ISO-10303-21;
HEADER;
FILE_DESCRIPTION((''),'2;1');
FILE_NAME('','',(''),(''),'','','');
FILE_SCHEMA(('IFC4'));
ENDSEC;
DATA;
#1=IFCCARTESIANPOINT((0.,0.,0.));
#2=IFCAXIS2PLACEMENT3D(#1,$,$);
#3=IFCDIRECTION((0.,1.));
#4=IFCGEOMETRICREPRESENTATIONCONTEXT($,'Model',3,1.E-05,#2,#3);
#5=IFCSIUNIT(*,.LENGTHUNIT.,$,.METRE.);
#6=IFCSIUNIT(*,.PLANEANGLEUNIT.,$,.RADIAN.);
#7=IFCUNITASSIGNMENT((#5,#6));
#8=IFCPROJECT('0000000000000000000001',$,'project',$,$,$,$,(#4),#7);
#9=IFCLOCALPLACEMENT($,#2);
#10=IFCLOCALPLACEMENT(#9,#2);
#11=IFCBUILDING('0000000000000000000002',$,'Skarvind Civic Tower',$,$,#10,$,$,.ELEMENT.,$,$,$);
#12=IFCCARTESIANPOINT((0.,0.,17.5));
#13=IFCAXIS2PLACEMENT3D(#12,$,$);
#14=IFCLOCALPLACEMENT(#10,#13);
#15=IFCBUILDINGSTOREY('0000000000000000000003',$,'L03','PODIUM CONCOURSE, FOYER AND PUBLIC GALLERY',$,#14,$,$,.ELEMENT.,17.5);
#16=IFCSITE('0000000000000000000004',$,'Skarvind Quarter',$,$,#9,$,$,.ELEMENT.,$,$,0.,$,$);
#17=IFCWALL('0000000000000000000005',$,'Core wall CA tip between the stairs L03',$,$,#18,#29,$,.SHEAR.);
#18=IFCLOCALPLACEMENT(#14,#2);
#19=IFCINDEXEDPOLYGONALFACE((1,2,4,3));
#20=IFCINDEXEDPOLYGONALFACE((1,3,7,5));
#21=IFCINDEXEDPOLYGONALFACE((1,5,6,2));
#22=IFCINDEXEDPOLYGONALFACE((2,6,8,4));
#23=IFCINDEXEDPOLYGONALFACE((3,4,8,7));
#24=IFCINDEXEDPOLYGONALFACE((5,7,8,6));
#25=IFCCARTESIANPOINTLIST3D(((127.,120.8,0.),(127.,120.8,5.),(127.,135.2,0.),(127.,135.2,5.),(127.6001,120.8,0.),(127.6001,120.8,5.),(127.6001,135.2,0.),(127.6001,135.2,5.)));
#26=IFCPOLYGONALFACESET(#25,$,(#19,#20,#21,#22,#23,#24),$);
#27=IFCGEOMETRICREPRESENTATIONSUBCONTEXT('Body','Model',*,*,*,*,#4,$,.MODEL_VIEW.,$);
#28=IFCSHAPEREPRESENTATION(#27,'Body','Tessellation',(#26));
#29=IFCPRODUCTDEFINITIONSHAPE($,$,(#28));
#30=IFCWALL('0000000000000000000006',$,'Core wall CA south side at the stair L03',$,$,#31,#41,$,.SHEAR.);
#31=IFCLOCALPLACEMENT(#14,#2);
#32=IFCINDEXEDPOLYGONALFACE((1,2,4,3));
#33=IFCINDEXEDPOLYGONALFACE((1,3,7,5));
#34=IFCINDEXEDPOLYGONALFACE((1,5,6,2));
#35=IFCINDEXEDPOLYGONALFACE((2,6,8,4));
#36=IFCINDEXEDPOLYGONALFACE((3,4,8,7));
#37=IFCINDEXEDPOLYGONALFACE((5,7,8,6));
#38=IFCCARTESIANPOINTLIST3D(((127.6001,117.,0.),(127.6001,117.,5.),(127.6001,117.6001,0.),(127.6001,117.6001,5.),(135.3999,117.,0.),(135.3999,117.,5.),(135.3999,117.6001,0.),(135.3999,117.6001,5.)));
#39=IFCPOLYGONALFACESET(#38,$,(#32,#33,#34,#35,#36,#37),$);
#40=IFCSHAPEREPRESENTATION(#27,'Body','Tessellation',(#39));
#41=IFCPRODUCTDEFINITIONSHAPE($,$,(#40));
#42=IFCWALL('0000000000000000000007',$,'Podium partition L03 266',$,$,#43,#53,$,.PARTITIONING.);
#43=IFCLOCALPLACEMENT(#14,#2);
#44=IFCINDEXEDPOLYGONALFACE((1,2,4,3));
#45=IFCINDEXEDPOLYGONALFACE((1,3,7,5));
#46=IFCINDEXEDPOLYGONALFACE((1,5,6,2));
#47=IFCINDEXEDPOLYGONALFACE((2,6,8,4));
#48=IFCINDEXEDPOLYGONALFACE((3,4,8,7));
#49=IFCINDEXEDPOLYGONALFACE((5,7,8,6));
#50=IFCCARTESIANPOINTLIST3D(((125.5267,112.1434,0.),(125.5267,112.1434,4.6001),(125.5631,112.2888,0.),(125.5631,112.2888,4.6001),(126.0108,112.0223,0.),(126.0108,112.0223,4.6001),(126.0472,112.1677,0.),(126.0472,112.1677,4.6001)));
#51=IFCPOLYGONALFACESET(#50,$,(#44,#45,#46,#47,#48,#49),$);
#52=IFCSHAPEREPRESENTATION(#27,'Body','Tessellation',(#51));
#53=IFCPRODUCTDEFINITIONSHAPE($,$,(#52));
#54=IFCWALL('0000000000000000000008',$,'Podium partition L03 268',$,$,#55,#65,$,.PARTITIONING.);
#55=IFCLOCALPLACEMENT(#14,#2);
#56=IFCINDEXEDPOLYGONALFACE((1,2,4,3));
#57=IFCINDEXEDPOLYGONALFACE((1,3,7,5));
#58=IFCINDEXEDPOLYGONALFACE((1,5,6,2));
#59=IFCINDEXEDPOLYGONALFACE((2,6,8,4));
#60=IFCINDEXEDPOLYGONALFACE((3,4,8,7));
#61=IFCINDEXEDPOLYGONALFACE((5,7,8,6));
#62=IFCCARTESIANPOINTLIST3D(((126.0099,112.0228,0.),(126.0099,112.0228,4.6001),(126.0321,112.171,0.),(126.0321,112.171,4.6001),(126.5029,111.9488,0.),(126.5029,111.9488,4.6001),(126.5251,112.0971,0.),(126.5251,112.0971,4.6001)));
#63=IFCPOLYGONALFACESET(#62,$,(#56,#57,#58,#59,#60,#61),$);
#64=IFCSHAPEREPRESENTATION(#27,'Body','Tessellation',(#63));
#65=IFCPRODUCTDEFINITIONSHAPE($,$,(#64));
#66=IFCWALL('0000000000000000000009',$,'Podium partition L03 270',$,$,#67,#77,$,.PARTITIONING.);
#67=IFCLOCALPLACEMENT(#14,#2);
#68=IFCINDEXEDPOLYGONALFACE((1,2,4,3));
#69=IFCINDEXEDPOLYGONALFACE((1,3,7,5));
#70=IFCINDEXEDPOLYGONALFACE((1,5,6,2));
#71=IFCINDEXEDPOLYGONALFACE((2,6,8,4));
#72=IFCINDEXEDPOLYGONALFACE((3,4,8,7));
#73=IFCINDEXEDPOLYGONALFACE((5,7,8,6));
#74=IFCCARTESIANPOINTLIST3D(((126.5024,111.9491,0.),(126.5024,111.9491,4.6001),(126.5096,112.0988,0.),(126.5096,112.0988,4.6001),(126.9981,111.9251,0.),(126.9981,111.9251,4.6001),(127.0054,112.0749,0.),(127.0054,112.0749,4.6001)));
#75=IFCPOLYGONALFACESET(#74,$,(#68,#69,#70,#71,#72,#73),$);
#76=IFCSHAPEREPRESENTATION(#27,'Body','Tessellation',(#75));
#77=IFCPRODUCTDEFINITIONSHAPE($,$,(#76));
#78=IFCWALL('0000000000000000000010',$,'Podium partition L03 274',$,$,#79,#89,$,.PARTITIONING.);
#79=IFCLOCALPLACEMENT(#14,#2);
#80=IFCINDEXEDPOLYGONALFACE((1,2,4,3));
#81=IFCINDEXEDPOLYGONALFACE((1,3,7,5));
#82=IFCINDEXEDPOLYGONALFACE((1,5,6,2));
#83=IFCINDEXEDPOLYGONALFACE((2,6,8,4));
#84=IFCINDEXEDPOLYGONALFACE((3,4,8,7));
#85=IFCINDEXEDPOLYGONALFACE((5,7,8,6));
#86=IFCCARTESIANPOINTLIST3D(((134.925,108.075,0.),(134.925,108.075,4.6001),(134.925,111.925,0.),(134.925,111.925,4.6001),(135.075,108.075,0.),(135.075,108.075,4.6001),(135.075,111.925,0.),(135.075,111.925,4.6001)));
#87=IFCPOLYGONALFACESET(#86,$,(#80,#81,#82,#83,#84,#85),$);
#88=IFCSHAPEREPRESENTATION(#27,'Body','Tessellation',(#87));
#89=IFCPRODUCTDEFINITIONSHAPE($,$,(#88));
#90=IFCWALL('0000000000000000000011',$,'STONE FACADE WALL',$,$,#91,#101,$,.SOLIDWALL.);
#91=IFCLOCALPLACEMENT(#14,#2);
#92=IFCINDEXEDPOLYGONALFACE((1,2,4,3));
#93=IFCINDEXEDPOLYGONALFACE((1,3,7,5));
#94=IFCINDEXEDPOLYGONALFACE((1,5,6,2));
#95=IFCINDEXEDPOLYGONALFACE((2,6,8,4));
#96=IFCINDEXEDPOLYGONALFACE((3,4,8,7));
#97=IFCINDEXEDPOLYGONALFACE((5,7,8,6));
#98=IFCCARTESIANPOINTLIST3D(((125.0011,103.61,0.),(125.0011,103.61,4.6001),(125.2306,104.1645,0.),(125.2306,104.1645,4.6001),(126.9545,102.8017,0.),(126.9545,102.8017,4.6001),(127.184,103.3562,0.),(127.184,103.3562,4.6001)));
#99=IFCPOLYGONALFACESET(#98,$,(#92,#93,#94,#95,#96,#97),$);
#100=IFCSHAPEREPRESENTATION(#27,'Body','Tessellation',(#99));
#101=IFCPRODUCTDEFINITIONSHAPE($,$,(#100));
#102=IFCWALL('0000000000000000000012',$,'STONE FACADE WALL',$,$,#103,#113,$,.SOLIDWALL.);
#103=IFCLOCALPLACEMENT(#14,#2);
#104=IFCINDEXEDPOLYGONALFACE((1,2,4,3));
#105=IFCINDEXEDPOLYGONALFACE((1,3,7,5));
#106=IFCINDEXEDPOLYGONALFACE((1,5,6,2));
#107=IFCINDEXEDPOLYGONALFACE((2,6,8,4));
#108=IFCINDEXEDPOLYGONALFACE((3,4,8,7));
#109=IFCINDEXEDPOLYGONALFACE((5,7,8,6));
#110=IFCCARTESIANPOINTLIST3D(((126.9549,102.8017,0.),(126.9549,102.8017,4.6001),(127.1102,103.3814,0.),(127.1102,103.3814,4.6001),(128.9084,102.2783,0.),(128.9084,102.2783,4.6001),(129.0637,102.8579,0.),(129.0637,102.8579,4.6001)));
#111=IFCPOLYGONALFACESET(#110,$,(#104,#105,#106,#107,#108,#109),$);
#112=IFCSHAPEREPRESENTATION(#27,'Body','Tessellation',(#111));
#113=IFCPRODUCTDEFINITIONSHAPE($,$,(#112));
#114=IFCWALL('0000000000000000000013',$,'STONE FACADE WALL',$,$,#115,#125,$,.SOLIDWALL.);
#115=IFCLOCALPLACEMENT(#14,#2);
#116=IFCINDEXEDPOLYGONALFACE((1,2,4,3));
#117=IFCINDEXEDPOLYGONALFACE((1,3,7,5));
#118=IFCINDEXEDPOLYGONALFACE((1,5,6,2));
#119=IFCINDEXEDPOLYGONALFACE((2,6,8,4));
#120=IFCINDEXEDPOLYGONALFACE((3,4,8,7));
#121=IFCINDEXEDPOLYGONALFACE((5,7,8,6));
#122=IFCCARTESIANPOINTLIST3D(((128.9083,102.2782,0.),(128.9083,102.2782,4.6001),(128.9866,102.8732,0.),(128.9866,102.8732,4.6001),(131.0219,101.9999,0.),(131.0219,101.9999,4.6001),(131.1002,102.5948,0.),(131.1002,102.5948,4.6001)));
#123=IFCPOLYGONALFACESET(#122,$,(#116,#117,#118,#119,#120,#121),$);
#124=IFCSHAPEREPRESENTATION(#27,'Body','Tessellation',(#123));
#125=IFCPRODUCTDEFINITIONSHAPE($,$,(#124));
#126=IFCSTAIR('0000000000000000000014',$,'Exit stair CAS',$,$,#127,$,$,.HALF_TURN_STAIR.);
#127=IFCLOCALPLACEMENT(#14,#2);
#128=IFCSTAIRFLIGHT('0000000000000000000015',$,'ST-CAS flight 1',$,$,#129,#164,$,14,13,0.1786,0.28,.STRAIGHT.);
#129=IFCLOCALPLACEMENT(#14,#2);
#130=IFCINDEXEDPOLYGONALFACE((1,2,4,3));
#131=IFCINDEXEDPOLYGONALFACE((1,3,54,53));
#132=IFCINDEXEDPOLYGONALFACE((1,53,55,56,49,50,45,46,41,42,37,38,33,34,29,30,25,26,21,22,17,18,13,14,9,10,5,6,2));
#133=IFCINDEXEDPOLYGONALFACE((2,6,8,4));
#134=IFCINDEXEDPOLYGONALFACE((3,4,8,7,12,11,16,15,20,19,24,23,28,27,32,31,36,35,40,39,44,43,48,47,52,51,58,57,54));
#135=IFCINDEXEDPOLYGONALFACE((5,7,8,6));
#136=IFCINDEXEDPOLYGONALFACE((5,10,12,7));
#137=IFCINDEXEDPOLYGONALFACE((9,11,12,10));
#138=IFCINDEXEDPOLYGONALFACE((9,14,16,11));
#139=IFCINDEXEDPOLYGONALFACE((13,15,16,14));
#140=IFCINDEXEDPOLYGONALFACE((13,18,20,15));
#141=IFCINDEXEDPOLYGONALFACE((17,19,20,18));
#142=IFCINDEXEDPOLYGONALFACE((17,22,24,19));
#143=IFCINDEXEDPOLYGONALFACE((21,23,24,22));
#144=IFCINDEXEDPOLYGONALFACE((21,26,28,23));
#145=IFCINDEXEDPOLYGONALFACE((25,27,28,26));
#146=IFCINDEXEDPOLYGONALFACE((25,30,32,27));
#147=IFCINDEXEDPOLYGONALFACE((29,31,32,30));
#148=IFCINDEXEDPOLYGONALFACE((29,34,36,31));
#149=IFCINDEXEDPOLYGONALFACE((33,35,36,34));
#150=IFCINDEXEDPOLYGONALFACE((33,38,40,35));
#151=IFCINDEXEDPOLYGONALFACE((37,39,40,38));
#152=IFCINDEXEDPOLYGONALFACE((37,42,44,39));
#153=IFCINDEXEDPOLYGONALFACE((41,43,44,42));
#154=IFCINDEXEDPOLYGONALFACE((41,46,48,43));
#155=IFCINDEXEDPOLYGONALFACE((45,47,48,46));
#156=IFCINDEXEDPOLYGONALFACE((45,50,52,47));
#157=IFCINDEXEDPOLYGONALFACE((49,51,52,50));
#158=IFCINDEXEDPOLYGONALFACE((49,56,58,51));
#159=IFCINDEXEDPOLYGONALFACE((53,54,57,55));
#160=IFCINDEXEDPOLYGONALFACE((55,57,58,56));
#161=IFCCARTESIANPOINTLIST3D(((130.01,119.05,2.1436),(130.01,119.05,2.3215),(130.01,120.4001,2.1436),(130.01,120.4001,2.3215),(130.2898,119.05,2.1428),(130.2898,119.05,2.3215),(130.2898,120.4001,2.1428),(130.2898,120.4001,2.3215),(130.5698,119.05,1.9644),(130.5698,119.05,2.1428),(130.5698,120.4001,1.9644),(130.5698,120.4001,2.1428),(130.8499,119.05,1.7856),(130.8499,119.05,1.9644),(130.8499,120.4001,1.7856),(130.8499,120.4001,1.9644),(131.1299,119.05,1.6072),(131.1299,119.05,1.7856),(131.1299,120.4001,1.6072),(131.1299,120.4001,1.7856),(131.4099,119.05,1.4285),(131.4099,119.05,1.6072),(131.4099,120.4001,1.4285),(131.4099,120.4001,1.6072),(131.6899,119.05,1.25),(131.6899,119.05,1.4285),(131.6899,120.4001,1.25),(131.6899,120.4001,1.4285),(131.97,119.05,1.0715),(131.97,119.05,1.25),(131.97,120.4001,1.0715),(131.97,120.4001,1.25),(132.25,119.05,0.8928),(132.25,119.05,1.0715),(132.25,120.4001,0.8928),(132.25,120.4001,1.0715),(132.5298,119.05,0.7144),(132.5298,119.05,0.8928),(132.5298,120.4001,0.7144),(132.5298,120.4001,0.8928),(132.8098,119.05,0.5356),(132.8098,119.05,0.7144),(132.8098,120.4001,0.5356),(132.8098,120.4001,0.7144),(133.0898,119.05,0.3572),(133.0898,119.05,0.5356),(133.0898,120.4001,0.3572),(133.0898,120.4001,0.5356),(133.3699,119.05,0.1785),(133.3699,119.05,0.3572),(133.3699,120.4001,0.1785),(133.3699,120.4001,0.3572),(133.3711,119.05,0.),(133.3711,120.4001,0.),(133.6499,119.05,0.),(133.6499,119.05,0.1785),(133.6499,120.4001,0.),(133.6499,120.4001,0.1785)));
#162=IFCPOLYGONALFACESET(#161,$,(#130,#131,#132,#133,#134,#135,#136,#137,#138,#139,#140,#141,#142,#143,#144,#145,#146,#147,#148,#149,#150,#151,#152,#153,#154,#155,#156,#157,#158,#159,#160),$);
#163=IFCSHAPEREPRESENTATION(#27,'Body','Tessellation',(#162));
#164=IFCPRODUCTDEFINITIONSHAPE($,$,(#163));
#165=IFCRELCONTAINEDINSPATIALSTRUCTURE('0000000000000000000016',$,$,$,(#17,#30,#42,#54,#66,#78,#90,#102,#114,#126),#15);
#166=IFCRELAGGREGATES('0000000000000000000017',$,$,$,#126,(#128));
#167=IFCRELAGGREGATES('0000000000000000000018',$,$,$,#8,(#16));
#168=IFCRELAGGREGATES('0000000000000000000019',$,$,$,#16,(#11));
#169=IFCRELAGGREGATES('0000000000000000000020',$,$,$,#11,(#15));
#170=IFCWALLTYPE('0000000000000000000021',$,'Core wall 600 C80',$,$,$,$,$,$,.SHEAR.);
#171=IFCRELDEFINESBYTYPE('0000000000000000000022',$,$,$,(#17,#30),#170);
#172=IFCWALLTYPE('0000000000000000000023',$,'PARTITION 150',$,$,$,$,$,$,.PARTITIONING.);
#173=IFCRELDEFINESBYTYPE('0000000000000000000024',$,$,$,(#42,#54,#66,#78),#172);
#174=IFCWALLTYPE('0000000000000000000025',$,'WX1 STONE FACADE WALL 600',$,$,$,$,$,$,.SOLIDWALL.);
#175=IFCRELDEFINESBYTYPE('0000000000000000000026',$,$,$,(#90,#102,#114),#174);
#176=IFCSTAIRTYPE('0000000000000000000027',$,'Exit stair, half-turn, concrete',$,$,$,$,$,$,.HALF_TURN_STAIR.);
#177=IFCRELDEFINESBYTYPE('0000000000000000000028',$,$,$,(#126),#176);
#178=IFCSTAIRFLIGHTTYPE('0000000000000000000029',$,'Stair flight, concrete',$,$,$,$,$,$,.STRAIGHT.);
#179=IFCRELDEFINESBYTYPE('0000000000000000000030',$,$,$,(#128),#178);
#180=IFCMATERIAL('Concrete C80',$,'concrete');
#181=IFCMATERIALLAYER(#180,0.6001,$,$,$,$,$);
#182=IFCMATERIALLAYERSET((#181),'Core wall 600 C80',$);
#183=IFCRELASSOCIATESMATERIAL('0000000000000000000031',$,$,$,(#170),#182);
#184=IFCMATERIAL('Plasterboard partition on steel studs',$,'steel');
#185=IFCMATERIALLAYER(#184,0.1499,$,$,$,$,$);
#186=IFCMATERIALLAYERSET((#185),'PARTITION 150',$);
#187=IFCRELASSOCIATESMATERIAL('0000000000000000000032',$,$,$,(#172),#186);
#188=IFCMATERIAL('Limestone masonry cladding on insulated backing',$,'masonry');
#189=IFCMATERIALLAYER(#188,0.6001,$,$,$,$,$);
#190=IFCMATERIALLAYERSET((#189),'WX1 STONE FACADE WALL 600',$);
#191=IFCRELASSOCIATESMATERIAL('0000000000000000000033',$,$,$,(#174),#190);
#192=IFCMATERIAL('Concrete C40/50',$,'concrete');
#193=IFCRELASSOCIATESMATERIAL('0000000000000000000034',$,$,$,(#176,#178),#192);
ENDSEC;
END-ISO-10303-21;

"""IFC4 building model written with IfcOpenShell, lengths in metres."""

from ifc_helpers import new_model, si_unit, direction, frame, frame_2d, origin, place, context, subcontext, project, spatial, polyline, rectangle, outline, extrude, material, layer, layer_set, type_object, element, aggregate, save


model = new_model("IFC4")

# Units and contexts
model_context = context("Model", 3, precision=1e-05, world=origin(), true_north=direction((0.0, 1.0)))
body_context = subcontext(model_context, "Body", "Model", "MODEL_VIEW")
ifc_project = project(units=[si_unit("LENGTHUNIT", "METRE"), si_unit("PLANEANGLEUNIT", "RADIAN")], contexts=[model_context])

# Site, building, storey
site_placement = place(None, origin())
site = spatial("IfcSite", under=ifc_project, at=site_placement, Name="Skarvind Quarter", CompositionType="ELEMENT", RefElevation=0.0)
building_placement = place(site_placement, origin())
building = spatial("IfcBuilding", under=site, at=building_placement, Name="Skarvind Civic Tower", CompositionType="ELEMENT")
storey_placement = place(building_placement, frame((0.0, 0.0, 17.5)))
storey = spatial("IfcBuildingStorey", under=building, at=storey_placement, Name="L03", Description="PODIUM CONCOURSE, FOYER AND PUBLIC GALLERY", CompositionType="ELEMENT", Elevation=17.5)

# Shared definitions
ifc_material_1 = material(Name="Concrete C80", Category="concrete")

# Walls
ifc_layer_1 = layer(ifc_material_1, 0.6001)
ifc_layer_set_1 = layer_set([ifc_layer_1], Name="Core wall 600 C80")
wall_type_1 = type_object("IfcWallType", Name="Core wall 600 C80", PredefinedType="SHEAR", material=ifc_layer_set_1)
wall_1_placement = place(storey_placement, frame((127.3, 120.8, 0.0), z_axis=(0.0, 0.0, 1.0), x_axis=(0.0, 1.0, 0.0)))
element("IfcWall", 1, at=wall_1_placement, inside=storey, type_object=wall_type_1, Name="Core wall CA tip between the stairs L03", PredefinedType="SHEAR", context=body_context, shape_type="SweptSolid", body=[
    extrude(rectangle(XDim=14.3999, YDim=0.6001, at=frame_2d((7.2, 0.0))), origin(), (0.0, 0.0, 1.0), 5.0),
])
wall_2_placement = place(storey_placement, frame((127.6001, 117.3, 0.0), z_axis=(0.0, 0.0, 1.0), x_axis=(1.0, 0.0, 0.0)))
element("IfcWall", 2, at=wall_2_placement, inside=storey, type_object=wall_type_1, Name="Core wall CA south side at the stair L03", PredefinedType="SHEAR", context=body_context, shape_type="SweptSolid", body=[
    extrude(rectangle(XDim=7.7998, YDim=0.6001, at=frame_2d((3.8999, 0.0))), origin(), (0.0, 0.0, 1.0), 5.0),
])
ifc_material_2 = material(Name="Plasterboard partition on steel studs", Category="steel")
ifc_layer_2 = layer(ifc_material_2, 0.1499)
ifc_layer_set_2 = layer_set([ifc_layer_2], Name="PARTITION 150")
wall_type_2 = type_object("IfcWallType", Name="PARTITION 150", PredefinedType="PARTITIONING", material=ifc_layer_set_2)
wall_3_placement = place(storey_placement, frame((125.5449, 112.2161, 0.0), z_axis=(0.0, 0.0, 1.0), x_axis=(0.970114, -0.242651, 0.0)))
element("IfcWall", 3, at=wall_3_placement, inside=storey, type_object=wall_type_2, Name="Podium partition L03 266", PredefinedType="PARTITIONING", context=body_context, shape_type="SweptSolid", body=[
    extrude(rectangle(XDim=0.499, YDim=0.1499, at=frame_2d((0.2495, 0.0))), origin(), (0.0, 0.0, 1.0), 4.6001),
])
wall_4_placement = place(storey_placement, frame((126.021, 112.0969, 0.0), z_axis=(0.0, 0.0, 1.0), x_axis=(0.988926, -0.148412, 0.0)))
element("IfcWall", 4, at=wall_4_placement, inside=storey, type_object=wall_type_2, Name="Podium partition L03 268", PredefinedType="PARTITIONING", context=body_context, shape_type="SweptSolid", body=[
    extrude(rectangle(XDim=0.4985, YDim=0.1499, at=frame_2d((0.2493, 0.0))), origin(), (0.0, 0.0, 1.0), 4.6001),
])
wall_5_placement = place(storey_placement, frame((126.5061, 112.0239, 0.0), z_axis=(0.0, 0.0, 1.0), x_axis=(0.998838, -0.048196, 0.0)))
element("IfcWall", 5, at=wall_5_placement, inside=storey, type_object=wall_type_2, Name="Podium partition L03 270", PredefinedType="PARTITIONING", context=body_context, shape_type="SweptSolid", body=[
    extrude(rectangle(XDim=0.4963, YDim=0.1499, at=frame_2d((0.248, 0.0))), origin(), (0.0, 0.0, 1.0), 4.6001),
])
wall_6_placement = place(storey_placement, frame((135.0, 108.075, 0.0), z_axis=(0.0, 0.0, 1.0), x_axis=(0.0, 1.0, 0.0)))
element("IfcWall", 6, at=wall_6_placement, inside=storey, type_object=wall_type_2, Name="Podium partition L03 274", PredefinedType="PARTITIONING", context=body_context, shape_type="SweptSolid", body=[
    extrude(rectangle(XDim=3.8501, YDim=0.1499, at=frame_2d((1.925, 0.0))), origin(), (0.0, 0.0, 1.0), 4.6001),
])
ifc_material_3 = material(Name="Limestone masonry cladding on insulated backing", Category="masonry")
ifc_layer_3 = layer(ifc_material_3, 0.6001)
ifc_layer_set_3 = layer_set([ifc_layer_3], Name="WX1 STONE FACADE WALL 600")
wall_type_3 = type_object("IfcWallType", Name="WX1 STONE FACADE WALL 600", PredefinedType="SOLIDWALL", material=ifc_layer_set_3)
wall_7_placement = place(storey_placement, frame((127.0693, 103.0789, 0.0), z_axis=(0.0, 0.0, 1.0), x_axis=(-0.924007, 0.382376, 0.0)))
element("IfcWall", 7, at=wall_7_placement, inside=storey, type_object=wall_type_3, Name="STONE FACADE WALL", PredefinedType="SOLIDWALL", context=body_context, shape_type="SweptSolid", body=[
    extrude(rectangle(XDim=2.114, YDim=0.6001, at=frame_2d((1.0571, 0.0))), origin(), (0.0, 0.0, 1.0), 4.6001),
])
wall_8_placement = place(storey_placement, frame((128.9861, 102.5681, 0.0), z_axis=(0.0, 0.0, 1.0), x_axis=(-0.96593, 0.258804, 0.0)))
element("IfcWall", 8, at=wall_8_placement, inside=storey, type_object=wall_type_3, Name="STONE FACADE WALL", PredefinedType="SOLIDWALL", context=body_context, shape_type="SweptSolid", body=[
    extrude(rectangle(XDim=2.0225, YDim=0.6001, at=frame_2d((1.0112, 0.0))), origin(), (0.0, 0.0, 1.0), 4.6001),
])
wall_9_placement = place(storey_placement, frame((131.061, 102.2974, 0.0), z_axis=(0.0, 0.0, 1.0), x_axis=(-0.991441, 0.130558, 0.0)))
element("IfcWall", 9, at=wall_9_placement, inside=storey, type_object=wall_type_3, Name="STONE FACADE WALL", PredefinedType="SOLIDWALL", context=body_context, shape_type="SweptSolid", body=[
    extrude(rectangle(XDim=2.1318, YDim=0.6001, at=frame_2d((1.0659, 0.0))), origin(), (0.0, 0.0, 1.0), 4.6001),
])

# Stair, stair flight
ifc_material_4 = material(Name="Concrete C40/50", Category="concrete")
stair_type = type_object("IfcStairType", Name="Exit stair, half-turn, concrete", PredefinedType="HALF_TURN_STAIR", material=ifc_material_4)
stair_placement = place(storey_placement, origin())
stair = element("IfcStair", 10, at=stair_placement, inside=storey, type_object=stair_type, Name="Exit stair CAS", PredefinedType="HALF_TURN_STAIR")
stair_flight_type = type_object("IfcStairFlightType", Name="Stair flight, concrete", PredefinedType="STRAIGHT", material=ifc_material_4)
stair_flight_1_placement = place(storey_placement, frame((133.6499, 119.7251, 0.0), z_axis=(0.0, 0.0, 1.0), x_axis=(-1.0, 0.0, 0.0)))
stair_flight_1 = element("IfcStairFlight", 11, at=stair_flight_1_placement, type_object=stair_flight_type, Name="ST-CAS flight 1", NumberOfRisers=14, NumberOfTreads=13, PredefinedType="STRAIGHT", RiserHeight=0.1786, TreadLength=0.28, context=body_context, shape_type="SweptSolid", body=[
    extrude(outline(polyline([(0.0, 0.0), (0.0, 0.1785), (0.28, 0.1785), (0.28, 0.3572), (0.5601, 0.3572), (0.5601, 0.5356), (0.8401, 0.5356), (0.8401, 0.7144), (1.1201, 0.7144), (1.1201, 0.8928), (1.3999, 0.8928), (1.3999, 1.0715), (1.6799, 1.0715), (1.6799, 1.25), (1.96, 1.25), (1.96, 1.4285), (2.24, 1.4285), (2.24, 1.6072), (2.52, 1.6072), (2.52, 1.7856), (2.8, 1.7856), (2.8, 1.9644), (3.0801, 1.9644), (3.0801, 2.1428), (3.3601, 2.1428), (3.3601, 2.3215), (3.6399, 2.3215), (3.6399, 2.5), (3.6399, 2.1436), (0.2788, 0.0), (0.0, 0.0)])), frame((0.0, 0.675, 0.0), z_axis=(0.0, -1.0, 0.0), x_axis=(1.0, 0.0, 0.0)), (0.0, 0.0, 1.0), 1.3501),
])
aggregate(stair, [stair_flight_1])

save(model, "model.ifc")
